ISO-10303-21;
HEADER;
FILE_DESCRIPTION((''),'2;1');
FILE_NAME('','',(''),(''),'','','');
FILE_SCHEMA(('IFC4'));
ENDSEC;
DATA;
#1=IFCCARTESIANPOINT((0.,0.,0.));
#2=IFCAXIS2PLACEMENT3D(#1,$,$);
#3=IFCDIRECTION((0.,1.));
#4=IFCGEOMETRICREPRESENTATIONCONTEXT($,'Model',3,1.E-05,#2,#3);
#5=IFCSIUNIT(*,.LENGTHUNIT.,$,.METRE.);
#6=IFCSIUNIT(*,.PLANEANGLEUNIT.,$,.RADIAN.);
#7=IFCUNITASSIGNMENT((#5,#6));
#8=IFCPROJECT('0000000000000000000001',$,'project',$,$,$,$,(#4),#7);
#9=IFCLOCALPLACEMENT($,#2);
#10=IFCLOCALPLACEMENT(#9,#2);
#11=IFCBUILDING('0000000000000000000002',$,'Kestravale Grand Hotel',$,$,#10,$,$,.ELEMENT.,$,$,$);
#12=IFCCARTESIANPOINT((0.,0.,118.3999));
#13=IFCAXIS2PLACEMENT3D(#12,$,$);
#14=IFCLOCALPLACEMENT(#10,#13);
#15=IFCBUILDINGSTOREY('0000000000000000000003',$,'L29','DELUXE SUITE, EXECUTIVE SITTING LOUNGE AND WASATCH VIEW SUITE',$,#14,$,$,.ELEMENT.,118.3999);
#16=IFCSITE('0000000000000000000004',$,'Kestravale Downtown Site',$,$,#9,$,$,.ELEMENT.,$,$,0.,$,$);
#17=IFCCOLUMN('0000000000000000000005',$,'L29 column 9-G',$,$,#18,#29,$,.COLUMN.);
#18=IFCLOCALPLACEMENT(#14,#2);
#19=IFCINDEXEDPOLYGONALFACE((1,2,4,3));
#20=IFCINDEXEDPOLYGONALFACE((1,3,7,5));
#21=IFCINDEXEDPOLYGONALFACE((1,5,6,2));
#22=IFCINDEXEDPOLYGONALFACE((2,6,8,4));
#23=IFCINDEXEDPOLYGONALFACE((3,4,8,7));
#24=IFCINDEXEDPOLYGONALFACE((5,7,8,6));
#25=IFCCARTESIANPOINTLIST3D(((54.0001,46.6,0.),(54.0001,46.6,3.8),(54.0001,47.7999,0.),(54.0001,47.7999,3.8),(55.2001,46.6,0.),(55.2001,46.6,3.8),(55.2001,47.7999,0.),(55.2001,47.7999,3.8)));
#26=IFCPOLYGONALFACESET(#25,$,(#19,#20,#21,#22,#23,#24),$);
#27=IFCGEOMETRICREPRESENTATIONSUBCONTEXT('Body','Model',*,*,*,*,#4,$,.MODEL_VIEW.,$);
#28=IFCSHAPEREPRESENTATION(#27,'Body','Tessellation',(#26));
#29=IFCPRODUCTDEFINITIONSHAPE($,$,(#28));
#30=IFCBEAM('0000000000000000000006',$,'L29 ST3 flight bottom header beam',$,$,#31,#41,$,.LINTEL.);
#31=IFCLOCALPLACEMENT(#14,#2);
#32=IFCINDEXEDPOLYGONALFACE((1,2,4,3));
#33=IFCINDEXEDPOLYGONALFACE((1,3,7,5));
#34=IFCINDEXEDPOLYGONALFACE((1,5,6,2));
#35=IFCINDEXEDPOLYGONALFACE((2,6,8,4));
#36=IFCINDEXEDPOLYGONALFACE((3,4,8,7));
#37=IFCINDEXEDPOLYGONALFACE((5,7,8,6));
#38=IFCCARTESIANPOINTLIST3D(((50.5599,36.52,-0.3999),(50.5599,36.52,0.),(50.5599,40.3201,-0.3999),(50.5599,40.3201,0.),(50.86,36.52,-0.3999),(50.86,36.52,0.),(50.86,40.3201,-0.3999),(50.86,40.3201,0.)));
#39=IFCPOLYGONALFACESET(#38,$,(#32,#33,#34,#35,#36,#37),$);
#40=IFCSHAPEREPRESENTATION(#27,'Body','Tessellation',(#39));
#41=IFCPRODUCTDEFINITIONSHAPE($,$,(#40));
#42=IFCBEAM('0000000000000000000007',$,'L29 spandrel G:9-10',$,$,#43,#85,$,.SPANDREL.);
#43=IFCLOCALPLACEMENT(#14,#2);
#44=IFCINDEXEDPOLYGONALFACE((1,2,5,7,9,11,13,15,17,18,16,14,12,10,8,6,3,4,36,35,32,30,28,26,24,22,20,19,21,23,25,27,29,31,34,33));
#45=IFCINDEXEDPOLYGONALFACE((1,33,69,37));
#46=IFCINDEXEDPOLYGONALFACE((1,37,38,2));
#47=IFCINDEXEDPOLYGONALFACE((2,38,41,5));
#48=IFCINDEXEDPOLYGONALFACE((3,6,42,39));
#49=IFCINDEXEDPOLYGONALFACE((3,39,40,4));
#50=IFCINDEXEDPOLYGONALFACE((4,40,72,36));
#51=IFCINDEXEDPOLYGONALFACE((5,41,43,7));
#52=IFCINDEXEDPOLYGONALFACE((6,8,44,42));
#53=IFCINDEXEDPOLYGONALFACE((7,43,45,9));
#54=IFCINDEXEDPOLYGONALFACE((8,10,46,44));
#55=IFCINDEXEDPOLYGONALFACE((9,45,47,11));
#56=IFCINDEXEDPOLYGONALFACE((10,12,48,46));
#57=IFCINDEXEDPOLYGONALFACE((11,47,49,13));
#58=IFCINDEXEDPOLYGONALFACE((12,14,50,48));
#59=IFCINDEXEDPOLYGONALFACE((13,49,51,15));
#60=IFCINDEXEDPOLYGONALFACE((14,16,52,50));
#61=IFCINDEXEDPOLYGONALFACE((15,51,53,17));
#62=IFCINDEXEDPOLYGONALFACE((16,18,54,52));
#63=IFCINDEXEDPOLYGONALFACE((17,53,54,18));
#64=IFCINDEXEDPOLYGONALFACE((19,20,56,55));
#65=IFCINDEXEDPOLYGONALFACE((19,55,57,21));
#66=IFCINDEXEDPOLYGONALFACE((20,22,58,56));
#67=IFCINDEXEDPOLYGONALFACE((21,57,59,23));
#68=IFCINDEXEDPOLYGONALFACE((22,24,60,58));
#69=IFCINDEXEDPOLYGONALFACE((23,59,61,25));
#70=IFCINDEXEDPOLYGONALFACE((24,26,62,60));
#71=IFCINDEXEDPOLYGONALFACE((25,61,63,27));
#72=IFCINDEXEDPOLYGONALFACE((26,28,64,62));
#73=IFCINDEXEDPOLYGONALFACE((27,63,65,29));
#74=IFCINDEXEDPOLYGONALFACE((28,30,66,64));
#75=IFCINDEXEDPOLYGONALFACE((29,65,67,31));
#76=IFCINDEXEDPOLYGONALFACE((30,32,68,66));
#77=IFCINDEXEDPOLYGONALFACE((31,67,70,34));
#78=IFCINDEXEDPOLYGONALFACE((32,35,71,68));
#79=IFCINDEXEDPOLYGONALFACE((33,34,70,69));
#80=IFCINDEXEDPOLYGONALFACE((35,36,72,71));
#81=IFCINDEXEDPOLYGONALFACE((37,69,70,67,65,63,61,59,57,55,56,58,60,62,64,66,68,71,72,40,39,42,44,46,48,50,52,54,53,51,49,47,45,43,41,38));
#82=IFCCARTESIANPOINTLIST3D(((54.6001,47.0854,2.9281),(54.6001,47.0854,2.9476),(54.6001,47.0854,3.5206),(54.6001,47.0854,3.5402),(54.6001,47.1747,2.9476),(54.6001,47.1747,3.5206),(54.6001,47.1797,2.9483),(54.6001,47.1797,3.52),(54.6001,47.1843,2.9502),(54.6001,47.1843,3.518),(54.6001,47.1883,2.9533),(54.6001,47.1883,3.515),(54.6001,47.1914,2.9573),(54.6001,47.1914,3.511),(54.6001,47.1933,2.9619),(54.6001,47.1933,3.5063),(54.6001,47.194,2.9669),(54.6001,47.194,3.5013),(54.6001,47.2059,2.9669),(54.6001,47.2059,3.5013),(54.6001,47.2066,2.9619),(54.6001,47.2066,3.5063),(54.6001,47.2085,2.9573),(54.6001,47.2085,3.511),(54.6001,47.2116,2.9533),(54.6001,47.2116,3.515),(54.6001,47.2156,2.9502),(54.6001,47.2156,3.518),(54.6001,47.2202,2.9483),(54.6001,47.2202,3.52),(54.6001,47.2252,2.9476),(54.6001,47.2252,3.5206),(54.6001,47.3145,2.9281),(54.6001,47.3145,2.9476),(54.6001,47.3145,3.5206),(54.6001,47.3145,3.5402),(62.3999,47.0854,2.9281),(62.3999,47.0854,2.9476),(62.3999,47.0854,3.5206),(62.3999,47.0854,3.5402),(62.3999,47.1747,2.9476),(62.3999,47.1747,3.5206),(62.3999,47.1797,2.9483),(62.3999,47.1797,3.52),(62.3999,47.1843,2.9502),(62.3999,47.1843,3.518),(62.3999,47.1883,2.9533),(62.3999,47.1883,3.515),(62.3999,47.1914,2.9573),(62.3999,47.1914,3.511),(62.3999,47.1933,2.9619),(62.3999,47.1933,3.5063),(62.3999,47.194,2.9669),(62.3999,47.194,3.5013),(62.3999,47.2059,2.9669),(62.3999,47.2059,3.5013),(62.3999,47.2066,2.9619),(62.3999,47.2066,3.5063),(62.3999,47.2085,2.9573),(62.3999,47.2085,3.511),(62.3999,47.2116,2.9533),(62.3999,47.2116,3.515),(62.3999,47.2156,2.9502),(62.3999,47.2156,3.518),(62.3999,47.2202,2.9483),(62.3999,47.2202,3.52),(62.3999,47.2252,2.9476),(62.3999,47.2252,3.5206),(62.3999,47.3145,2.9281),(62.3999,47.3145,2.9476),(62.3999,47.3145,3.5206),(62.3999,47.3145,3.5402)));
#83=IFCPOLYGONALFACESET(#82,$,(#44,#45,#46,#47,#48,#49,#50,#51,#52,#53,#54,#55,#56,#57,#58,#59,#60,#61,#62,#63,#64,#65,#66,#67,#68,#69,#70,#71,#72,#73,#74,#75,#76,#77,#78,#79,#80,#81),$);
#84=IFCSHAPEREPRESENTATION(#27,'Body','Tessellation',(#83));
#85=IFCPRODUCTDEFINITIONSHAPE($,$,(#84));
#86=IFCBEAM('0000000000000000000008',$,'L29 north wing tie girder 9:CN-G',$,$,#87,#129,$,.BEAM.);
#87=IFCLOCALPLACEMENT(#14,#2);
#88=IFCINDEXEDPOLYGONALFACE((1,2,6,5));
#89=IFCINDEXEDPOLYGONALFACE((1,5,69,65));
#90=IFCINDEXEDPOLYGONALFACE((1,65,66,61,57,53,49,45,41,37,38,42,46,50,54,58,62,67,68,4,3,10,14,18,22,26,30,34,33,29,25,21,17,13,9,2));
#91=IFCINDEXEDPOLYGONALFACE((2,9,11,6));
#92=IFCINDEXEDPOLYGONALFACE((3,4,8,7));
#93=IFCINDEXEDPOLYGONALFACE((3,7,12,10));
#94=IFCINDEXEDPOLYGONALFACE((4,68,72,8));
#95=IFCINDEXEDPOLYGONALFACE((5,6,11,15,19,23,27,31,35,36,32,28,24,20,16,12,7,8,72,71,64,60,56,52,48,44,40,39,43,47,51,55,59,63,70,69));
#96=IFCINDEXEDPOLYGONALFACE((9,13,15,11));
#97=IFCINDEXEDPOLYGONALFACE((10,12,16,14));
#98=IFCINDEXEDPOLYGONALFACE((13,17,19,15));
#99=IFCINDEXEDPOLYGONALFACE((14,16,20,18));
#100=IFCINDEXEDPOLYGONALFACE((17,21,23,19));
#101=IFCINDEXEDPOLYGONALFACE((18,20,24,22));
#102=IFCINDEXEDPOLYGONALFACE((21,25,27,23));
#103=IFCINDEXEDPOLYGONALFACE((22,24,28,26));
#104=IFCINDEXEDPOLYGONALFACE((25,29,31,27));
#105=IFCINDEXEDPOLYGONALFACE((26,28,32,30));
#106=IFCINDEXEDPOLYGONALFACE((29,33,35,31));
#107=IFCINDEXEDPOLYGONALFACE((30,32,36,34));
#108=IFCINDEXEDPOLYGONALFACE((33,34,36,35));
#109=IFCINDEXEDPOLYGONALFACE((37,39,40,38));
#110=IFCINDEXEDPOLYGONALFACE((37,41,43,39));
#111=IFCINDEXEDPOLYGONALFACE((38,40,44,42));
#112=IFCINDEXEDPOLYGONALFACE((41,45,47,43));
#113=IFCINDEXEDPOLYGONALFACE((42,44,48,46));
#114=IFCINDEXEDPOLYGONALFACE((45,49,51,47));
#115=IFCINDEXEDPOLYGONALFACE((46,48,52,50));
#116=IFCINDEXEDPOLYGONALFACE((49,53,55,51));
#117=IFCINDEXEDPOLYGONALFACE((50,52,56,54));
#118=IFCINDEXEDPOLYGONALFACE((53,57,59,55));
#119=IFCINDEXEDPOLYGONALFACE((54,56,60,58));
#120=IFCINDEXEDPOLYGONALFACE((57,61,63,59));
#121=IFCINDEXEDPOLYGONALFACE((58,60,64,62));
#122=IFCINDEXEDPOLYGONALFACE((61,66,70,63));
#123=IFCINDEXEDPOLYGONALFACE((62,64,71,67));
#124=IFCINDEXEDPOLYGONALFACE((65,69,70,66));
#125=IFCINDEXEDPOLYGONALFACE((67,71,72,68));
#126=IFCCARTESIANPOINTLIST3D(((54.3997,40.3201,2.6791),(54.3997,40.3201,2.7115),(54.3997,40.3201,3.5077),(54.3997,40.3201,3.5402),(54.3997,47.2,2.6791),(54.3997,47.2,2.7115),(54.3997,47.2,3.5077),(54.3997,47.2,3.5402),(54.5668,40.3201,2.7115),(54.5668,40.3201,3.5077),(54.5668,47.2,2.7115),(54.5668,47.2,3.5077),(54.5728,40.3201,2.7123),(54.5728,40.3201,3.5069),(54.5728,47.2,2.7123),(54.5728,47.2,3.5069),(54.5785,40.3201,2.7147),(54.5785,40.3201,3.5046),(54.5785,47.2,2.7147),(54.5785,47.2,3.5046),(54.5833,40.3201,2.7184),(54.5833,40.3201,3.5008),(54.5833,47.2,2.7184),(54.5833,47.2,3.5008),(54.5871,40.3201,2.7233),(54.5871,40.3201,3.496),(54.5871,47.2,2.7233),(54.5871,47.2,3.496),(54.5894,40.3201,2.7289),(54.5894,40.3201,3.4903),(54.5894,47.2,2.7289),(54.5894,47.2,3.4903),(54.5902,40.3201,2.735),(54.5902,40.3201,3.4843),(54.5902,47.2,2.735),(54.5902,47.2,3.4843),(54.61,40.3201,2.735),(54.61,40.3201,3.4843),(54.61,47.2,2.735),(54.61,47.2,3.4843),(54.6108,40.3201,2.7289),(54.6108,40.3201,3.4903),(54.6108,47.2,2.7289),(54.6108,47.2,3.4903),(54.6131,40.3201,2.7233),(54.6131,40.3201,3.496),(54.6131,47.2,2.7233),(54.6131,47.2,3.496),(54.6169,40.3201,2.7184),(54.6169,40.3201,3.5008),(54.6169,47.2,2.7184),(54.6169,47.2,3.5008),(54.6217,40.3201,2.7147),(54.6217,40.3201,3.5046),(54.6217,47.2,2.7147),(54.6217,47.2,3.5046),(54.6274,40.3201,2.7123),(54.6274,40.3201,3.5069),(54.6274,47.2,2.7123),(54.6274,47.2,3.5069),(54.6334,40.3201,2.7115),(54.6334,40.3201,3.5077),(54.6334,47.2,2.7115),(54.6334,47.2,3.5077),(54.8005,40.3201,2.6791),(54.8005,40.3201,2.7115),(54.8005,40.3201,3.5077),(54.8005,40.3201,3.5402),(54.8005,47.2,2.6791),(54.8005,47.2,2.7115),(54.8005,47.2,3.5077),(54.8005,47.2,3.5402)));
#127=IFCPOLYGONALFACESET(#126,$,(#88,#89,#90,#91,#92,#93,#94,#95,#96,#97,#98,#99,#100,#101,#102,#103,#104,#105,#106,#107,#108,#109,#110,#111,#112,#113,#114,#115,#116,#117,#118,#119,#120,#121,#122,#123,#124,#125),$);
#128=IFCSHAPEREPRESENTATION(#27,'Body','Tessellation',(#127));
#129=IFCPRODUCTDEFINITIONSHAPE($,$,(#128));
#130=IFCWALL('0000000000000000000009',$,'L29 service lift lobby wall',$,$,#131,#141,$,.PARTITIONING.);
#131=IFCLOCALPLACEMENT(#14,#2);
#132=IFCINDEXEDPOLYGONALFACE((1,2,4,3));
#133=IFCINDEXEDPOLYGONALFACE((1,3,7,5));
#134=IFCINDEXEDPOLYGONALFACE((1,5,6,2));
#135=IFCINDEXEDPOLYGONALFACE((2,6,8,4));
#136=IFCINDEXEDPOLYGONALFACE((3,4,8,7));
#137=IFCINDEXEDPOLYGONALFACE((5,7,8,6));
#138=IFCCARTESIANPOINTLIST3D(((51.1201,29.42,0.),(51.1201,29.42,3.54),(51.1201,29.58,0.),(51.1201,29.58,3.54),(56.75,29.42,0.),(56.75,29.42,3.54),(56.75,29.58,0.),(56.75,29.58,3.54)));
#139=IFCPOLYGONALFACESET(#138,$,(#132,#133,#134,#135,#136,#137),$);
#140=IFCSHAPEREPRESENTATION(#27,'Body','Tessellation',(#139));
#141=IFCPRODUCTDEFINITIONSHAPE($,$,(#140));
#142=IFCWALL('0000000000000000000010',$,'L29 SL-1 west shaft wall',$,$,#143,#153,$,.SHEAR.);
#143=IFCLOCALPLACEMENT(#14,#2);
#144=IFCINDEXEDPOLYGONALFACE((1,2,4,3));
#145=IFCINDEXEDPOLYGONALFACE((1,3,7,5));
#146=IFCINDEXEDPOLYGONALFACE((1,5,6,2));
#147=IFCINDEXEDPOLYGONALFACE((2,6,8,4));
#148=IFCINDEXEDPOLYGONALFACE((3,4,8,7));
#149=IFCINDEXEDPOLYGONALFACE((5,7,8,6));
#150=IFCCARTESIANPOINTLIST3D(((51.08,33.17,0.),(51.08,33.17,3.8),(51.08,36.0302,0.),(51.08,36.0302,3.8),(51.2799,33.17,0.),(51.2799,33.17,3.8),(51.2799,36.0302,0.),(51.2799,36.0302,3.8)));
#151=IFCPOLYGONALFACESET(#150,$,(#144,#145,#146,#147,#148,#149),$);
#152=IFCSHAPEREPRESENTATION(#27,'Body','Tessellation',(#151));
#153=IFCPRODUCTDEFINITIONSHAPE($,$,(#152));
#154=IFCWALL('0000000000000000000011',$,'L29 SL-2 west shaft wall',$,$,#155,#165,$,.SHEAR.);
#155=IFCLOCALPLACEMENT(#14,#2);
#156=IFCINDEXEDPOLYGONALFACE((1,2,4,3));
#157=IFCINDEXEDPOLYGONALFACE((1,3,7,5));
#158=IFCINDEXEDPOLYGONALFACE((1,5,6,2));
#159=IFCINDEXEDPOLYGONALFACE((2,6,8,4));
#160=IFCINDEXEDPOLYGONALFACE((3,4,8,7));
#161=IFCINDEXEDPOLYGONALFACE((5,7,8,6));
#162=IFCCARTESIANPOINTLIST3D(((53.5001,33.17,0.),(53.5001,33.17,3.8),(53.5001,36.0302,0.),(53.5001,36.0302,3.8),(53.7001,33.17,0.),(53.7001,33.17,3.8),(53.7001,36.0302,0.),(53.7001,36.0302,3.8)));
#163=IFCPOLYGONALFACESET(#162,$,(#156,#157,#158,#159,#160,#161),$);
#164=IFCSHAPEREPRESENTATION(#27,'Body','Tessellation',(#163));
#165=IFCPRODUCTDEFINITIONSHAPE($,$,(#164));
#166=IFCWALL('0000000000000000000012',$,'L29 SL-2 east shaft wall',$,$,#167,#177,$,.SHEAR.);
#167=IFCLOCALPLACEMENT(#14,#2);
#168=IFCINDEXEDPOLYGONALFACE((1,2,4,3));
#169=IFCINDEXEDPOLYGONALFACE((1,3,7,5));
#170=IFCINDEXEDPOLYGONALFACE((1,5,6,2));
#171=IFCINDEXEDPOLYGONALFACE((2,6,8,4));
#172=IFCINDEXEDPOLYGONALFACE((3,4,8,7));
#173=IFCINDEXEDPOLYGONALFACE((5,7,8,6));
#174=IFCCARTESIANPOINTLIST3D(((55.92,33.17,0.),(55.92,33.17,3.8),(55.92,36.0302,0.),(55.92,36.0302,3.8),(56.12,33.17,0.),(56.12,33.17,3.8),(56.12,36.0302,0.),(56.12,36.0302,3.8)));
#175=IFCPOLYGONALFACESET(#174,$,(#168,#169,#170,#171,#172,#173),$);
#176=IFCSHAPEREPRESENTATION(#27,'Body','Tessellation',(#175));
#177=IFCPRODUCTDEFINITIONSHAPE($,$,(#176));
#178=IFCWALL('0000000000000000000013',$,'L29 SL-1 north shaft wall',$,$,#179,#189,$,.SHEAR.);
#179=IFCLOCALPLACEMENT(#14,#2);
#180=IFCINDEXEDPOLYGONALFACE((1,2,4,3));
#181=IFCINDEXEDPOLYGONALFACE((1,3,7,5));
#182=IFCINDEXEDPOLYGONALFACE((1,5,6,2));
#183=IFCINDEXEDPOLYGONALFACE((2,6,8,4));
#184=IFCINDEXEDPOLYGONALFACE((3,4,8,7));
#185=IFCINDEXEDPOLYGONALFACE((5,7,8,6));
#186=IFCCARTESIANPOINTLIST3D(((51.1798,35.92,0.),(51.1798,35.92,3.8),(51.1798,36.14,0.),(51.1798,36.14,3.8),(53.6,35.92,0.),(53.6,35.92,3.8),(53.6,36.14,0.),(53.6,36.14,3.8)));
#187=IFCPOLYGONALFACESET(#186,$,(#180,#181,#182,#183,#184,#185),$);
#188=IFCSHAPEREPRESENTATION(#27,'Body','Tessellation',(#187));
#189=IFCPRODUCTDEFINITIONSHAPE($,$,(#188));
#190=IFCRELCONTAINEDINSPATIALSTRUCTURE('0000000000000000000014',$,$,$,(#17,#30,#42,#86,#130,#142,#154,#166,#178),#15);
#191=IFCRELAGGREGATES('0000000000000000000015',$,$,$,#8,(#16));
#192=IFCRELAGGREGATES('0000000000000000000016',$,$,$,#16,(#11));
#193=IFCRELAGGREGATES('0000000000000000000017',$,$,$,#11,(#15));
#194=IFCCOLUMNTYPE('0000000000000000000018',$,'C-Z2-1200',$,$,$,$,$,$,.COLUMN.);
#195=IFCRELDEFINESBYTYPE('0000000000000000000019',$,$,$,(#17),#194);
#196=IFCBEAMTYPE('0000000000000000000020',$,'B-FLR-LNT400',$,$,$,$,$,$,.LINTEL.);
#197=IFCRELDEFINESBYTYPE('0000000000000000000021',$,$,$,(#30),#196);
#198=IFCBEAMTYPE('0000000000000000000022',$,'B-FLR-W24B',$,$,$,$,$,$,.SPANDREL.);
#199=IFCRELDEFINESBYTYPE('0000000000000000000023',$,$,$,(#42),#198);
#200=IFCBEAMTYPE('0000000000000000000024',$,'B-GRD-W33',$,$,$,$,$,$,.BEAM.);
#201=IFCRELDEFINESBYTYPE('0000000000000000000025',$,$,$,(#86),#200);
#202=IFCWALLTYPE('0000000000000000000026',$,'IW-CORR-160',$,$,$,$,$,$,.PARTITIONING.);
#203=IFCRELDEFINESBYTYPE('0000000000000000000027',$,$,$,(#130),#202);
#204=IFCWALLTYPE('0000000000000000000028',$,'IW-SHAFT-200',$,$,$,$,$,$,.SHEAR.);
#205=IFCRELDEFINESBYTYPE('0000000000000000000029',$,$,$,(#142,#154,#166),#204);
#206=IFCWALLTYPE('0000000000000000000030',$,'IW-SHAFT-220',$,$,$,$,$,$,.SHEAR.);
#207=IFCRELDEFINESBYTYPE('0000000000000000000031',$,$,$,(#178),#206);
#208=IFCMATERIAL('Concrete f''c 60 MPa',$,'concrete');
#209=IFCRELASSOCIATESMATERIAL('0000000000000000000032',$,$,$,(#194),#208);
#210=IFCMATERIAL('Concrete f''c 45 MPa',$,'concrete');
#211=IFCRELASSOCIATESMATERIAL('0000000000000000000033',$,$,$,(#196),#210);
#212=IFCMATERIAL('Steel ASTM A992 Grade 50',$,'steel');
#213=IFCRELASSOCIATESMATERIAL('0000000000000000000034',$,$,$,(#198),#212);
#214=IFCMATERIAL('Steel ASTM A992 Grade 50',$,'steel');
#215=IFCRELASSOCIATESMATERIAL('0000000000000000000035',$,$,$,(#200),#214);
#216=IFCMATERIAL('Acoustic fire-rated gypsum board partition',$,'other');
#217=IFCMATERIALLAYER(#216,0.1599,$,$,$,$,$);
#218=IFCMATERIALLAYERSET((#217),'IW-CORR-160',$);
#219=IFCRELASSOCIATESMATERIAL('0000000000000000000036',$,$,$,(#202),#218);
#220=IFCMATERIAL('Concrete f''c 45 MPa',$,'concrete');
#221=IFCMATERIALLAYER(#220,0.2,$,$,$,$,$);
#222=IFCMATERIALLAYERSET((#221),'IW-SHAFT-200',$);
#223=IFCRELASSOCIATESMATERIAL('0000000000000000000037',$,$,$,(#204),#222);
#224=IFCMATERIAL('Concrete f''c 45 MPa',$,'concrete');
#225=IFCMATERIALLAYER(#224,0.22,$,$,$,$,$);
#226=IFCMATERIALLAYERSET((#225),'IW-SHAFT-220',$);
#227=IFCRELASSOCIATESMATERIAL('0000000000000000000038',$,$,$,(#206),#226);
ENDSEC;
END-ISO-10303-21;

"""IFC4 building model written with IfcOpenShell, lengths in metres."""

from ifc_helpers import new_model, si_unit, direction, frame, frame_2d, origin, origin_2d, place, context, subcontext, project, spatial, rectangle, i_section, extrude, material, layer, layer_set, material_profile, profile_set, type_object, element, save


model = new_model("IFC4")

# Units and contexts
model_context = context("Model", 3, precision=1e-05, world=origin(), true_north=direction((0.0, 1.0)))
body_context = subcontext(model_context, "Body", "Model", "MODEL_VIEW")
ifc_project = project(units=[si_unit("LENGTHUNIT", "METRE"), si_unit("PLANEANGLEUNIT", "RADIAN")], contexts=[model_context])

# Site, building, storey
site_placement = place(None, origin())
site = spatial("IfcSite", under=ifc_project, at=site_placement, Name="Kestravale Downtown Site", CompositionType="ELEMENT", RefElevation=0.0)
building_placement = place(site_placement, origin())
building = spatial("IfcBuilding", under=site, at=building_placement, Name="Kestravale Grand Hotel", CompositionType="ELEMENT")
storey_placement = place(building_placement, frame((0.0, 0.0, 118.3999)))
storey = spatial("IfcBuildingStorey", under=building, at=storey_placement, Name="L29", Description="DELUXE SUITE, EXECUTIVE SITTING LOUNGE AND WASATCH VIEW SUITE", CompositionType="ELEMENT", Elevation=118.3999)

# Column
ifc_material_1 = material(Name="Concrete f'c 60 MPa", Category="concrete")
ifc_material_profile_1 = material_profile(ifc_material_1, rectangle(XDim=1.2, YDim=1.2, at=origin_2d()))
ifc_profile_set_1 = profile_set([ifc_material_profile_1], Name="Concrete f'c 60 MPa")
column_type = type_object("IfcColumnType", Name="C-Z2-1200", PredefinedType="COLUMN", material=ifc_profile_set_1)
column_placement = place(storey_placement, frame((54.6001, 47.2, 0.0), z_axis=(0.0, 0.0, 1.0), x_axis=(1.0, 0.0, 0.0)))
element("IfcColumn", 1, at=column_placement, inside=storey, type_object=column_type, Name="L29 column 9-G", PredefinedType="COLUMN", context=body_context, shape_type="SweptSolid", body=[
    extrude(rectangle(XDim=1.2, YDim=1.2, at=origin_2d()), origin(), (0.0, 0.0, 1.0), 3.8),
])

# Beams
ifc_material_2 = material(Name="Concrete f'c 45 MPa", Category="concrete")
ifc_material_profile_2 = material_profile(ifc_material_2, rectangle(XDim=0.3, YDim=0.3999, at=origin_2d()))
ifc_profile_set_2 = profile_set([ifc_material_profile_2], Name="Concrete f'c 45 MPa")
beam_type_1 = type_object("IfcBeamType", Name="B-FLR-LNT400", PredefinedType="LINTEL", material=ifc_profile_set_2)
beam_1_placement = place(storey_placement, frame((50.71, 36.52, -0.2), z_axis=(0.0, 1.0, 0.0), x_axis=(-1.0, 0.0, 0.0)))
element("IfcBeam", 2, at=beam_1_placement, inside=storey, type_object=beam_type_1, Name="L29 ST3 flight bottom header beam", PredefinedType="LINTEL", context=body_context, shape_type="SweptSolid", body=[
    extrude(rectangle(XDim=0.3, YDim=0.3999, at=origin_2d()), origin(), (0.0, 0.0, 1.0), 3.8),
])
ifc_material_3 = material(Name="Steel ASTM A992 Grade 50", Category="steel")
ifc_material_profile_3 = material_profile(ifc_material_3, i_section(OverallWidth=0.229, OverallDepth=0.6121, WebThickness=0.012, FlangeThickness=0.0195, FilletRadius=0.0193, at=origin_2d()))
ifc_profile_set_3 = profile_set([ifc_material_profile_3], Name="Steel ASTM A992 Grade 50")
beam_type_2 = type_object("IfcBeamType", Name="B-FLR-W24B", PredefinedType="SPANDREL", material=ifc_profile_set_3)
beam_2_placement = place(storey_placement, frame((54.6001, 47.2, 3.2341), z_axis=(1.0, 0.0, 0.0), x_axis=(0.0, 1.0, 0.0)))
element("IfcBeam", 3, at=beam_2_placement, inside=storey, type_object=beam_type_2, Name="L29 spandrel G:9-10", PredefinedType="SPANDREL", context=body_context, shape_type="SweptSolid", body=[
    extrude(i_section(OverallWidth=0.229, OverallDepth=0.6121, WebThickness=0.012, FlangeThickness=0.0195, FilletRadius=0.0193, at=origin_2d()), origin(), (0.0, 0.0, 1.0), 7.7998),
])
ifc_material_4 = material(Name="Steel ASTM A992 Grade 50", Category="steel")
ifc_material_profile_4 = material_profile(ifc_material_4, i_section(OverallWidth=0.4009, OverallDepth=0.8611, WebThickness=0.0198, FlangeThickness=0.0325, FilletRadius=0.0234, at=origin_2d()))
ifc_profile_set_4 = profile_set([ifc_material_profile_4], Name="Steel ASTM A992 Grade 50")
beam_type_3 = type_object("IfcBeamType", Name="B-GRD-W33", PredefinedType="BEAM", material=ifc_profile_set_4)
beam_3_placement = place(storey_placement, frame((54.6001, 40.3201, 3.1096), z_axis=(0.0, 1.0, 0.0), x_axis=(-1.0, 0.0, 0.0)))
element("IfcBeam", 4, at=beam_3_placement, inside=storey, type_object=beam_type_3, Name="L29 north wing tie girder 9:CN-G", PredefinedType="BEAM", context=body_context, shape_type="SweptSolid", body=[
    extrude(i_section(OverallWidth=0.4009, OverallDepth=0.8611, WebThickness=0.0198, FlangeThickness=0.0325, FilletRadius=0.0234, at=origin_2d()), origin(), (0.0, 0.0, 1.0), 6.8799),
])

# Shared definitions
ifc_material_5 = material(Name="Acoustic fire-rated gypsum board partition", Category="other")
ifc_layer_1 = layer(ifc_material_5, 0.1599)
ifc_layer_set_1 = layer_set([ifc_layer_1], Name="IW-CORR-160")
wall_type_1 = type_object("IfcWallType", Name="IW-CORR-160", PredefinedType="PARTITIONING", material=ifc_layer_set_1)

# Walls
wall_1_placement = place(storey_placement, frame((51.1201, 29.5, 0.0), z_axis=(0.0, 0.0, 1.0), x_axis=(1.0, 0.0, 0.0)))
element("IfcWall", 5, at=wall_1_placement, inside=storey, type_object=wall_type_1, Name="L29 service lift lobby wall", PredefinedType="PARTITIONING", context=body_context, shape_type="SweptSolid", body=[
    extrude(rectangle(XDim=5.6299, YDim=0.1599, at=frame_2d((2.8149, 0.0))), origin(), (0.0, 0.0, 1.0), 3.54),
])
ifc_material_6 = material(Name="Concrete f'c 45 MPa", Category="concrete")
ifc_layer_2 = layer(ifc_material_6, 0.2)
ifc_layer_set_2 = layer_set([ifc_layer_2], Name="IW-SHAFT-200")
wall_type_2 = type_object("IfcWallType", Name="IW-SHAFT-200", PredefinedType="SHEAR", material=ifc_layer_set_2)
for number, where, z_axis, x_axis, name in (
    (6, (51.1799, 33.1699, 0.0), (0.0, 0.0, 1.0), (0.0, 1.0, 0.0), "L29 SL-1 west shaft wall"),
    (7, (53.6001, 33.1699, 0.0), (0.0, 0.0, 1.0), (0.0, 1.0, 0.0), "L29 SL-2 west shaft wall"),
    (8, (56.02, 33.1699, 0.0), (0.0, 0.0, 1.0), (0.0, 1.0, 0.0), "L29 SL-2 east shaft wall"),
):
    element("IfcWall", number, at=place(storey_placement, frame(where, z_axis=z_axis, x_axis=x_axis)), inside=storey, type_object=wall_type_2, Name=name, PredefinedType="SHEAR", context=body_context, shape_type="SweptSolid", body=[
        extrude(rectangle(XDim=2.8601, YDim=0.2, at=frame_2d((1.4302, 0.0))), origin(), (0.0, 0.0, 1.0), 3.8),
    ])
ifc_material_7 = material(Name="Concrete f'c 45 MPa", Category="concrete")
ifc_layer_3 = layer(ifc_material_7, 0.22)
ifc_layer_set_3 = layer_set([ifc_layer_3], Name="IW-SHAFT-220")
wall_type_3 = type_object("IfcWallType", Name="IW-SHAFT-220", PredefinedType="SHEAR", material=ifc_layer_set_3)
wall_2_placement = place(storey_placement, frame((51.1799, 36.03, 0.0), z_axis=(0.0, 0.0, 1.0), x_axis=(1.0, 0.0, 0.0)))
element("IfcWall", 9, at=wall_2_placement, inside=storey, type_object=wall_type_3, Name="L29 SL-1 north shaft wall", PredefinedType="SHEAR", context=body_context, shape_type="SweptSolid", body=[
    extrude(rectangle(XDim=2.4202, YDim=0.22, at=frame_2d((1.21, 0.0))), origin(), (0.0, 0.0, 1.0), 3.8),
])

save(model, "model.ifc")
